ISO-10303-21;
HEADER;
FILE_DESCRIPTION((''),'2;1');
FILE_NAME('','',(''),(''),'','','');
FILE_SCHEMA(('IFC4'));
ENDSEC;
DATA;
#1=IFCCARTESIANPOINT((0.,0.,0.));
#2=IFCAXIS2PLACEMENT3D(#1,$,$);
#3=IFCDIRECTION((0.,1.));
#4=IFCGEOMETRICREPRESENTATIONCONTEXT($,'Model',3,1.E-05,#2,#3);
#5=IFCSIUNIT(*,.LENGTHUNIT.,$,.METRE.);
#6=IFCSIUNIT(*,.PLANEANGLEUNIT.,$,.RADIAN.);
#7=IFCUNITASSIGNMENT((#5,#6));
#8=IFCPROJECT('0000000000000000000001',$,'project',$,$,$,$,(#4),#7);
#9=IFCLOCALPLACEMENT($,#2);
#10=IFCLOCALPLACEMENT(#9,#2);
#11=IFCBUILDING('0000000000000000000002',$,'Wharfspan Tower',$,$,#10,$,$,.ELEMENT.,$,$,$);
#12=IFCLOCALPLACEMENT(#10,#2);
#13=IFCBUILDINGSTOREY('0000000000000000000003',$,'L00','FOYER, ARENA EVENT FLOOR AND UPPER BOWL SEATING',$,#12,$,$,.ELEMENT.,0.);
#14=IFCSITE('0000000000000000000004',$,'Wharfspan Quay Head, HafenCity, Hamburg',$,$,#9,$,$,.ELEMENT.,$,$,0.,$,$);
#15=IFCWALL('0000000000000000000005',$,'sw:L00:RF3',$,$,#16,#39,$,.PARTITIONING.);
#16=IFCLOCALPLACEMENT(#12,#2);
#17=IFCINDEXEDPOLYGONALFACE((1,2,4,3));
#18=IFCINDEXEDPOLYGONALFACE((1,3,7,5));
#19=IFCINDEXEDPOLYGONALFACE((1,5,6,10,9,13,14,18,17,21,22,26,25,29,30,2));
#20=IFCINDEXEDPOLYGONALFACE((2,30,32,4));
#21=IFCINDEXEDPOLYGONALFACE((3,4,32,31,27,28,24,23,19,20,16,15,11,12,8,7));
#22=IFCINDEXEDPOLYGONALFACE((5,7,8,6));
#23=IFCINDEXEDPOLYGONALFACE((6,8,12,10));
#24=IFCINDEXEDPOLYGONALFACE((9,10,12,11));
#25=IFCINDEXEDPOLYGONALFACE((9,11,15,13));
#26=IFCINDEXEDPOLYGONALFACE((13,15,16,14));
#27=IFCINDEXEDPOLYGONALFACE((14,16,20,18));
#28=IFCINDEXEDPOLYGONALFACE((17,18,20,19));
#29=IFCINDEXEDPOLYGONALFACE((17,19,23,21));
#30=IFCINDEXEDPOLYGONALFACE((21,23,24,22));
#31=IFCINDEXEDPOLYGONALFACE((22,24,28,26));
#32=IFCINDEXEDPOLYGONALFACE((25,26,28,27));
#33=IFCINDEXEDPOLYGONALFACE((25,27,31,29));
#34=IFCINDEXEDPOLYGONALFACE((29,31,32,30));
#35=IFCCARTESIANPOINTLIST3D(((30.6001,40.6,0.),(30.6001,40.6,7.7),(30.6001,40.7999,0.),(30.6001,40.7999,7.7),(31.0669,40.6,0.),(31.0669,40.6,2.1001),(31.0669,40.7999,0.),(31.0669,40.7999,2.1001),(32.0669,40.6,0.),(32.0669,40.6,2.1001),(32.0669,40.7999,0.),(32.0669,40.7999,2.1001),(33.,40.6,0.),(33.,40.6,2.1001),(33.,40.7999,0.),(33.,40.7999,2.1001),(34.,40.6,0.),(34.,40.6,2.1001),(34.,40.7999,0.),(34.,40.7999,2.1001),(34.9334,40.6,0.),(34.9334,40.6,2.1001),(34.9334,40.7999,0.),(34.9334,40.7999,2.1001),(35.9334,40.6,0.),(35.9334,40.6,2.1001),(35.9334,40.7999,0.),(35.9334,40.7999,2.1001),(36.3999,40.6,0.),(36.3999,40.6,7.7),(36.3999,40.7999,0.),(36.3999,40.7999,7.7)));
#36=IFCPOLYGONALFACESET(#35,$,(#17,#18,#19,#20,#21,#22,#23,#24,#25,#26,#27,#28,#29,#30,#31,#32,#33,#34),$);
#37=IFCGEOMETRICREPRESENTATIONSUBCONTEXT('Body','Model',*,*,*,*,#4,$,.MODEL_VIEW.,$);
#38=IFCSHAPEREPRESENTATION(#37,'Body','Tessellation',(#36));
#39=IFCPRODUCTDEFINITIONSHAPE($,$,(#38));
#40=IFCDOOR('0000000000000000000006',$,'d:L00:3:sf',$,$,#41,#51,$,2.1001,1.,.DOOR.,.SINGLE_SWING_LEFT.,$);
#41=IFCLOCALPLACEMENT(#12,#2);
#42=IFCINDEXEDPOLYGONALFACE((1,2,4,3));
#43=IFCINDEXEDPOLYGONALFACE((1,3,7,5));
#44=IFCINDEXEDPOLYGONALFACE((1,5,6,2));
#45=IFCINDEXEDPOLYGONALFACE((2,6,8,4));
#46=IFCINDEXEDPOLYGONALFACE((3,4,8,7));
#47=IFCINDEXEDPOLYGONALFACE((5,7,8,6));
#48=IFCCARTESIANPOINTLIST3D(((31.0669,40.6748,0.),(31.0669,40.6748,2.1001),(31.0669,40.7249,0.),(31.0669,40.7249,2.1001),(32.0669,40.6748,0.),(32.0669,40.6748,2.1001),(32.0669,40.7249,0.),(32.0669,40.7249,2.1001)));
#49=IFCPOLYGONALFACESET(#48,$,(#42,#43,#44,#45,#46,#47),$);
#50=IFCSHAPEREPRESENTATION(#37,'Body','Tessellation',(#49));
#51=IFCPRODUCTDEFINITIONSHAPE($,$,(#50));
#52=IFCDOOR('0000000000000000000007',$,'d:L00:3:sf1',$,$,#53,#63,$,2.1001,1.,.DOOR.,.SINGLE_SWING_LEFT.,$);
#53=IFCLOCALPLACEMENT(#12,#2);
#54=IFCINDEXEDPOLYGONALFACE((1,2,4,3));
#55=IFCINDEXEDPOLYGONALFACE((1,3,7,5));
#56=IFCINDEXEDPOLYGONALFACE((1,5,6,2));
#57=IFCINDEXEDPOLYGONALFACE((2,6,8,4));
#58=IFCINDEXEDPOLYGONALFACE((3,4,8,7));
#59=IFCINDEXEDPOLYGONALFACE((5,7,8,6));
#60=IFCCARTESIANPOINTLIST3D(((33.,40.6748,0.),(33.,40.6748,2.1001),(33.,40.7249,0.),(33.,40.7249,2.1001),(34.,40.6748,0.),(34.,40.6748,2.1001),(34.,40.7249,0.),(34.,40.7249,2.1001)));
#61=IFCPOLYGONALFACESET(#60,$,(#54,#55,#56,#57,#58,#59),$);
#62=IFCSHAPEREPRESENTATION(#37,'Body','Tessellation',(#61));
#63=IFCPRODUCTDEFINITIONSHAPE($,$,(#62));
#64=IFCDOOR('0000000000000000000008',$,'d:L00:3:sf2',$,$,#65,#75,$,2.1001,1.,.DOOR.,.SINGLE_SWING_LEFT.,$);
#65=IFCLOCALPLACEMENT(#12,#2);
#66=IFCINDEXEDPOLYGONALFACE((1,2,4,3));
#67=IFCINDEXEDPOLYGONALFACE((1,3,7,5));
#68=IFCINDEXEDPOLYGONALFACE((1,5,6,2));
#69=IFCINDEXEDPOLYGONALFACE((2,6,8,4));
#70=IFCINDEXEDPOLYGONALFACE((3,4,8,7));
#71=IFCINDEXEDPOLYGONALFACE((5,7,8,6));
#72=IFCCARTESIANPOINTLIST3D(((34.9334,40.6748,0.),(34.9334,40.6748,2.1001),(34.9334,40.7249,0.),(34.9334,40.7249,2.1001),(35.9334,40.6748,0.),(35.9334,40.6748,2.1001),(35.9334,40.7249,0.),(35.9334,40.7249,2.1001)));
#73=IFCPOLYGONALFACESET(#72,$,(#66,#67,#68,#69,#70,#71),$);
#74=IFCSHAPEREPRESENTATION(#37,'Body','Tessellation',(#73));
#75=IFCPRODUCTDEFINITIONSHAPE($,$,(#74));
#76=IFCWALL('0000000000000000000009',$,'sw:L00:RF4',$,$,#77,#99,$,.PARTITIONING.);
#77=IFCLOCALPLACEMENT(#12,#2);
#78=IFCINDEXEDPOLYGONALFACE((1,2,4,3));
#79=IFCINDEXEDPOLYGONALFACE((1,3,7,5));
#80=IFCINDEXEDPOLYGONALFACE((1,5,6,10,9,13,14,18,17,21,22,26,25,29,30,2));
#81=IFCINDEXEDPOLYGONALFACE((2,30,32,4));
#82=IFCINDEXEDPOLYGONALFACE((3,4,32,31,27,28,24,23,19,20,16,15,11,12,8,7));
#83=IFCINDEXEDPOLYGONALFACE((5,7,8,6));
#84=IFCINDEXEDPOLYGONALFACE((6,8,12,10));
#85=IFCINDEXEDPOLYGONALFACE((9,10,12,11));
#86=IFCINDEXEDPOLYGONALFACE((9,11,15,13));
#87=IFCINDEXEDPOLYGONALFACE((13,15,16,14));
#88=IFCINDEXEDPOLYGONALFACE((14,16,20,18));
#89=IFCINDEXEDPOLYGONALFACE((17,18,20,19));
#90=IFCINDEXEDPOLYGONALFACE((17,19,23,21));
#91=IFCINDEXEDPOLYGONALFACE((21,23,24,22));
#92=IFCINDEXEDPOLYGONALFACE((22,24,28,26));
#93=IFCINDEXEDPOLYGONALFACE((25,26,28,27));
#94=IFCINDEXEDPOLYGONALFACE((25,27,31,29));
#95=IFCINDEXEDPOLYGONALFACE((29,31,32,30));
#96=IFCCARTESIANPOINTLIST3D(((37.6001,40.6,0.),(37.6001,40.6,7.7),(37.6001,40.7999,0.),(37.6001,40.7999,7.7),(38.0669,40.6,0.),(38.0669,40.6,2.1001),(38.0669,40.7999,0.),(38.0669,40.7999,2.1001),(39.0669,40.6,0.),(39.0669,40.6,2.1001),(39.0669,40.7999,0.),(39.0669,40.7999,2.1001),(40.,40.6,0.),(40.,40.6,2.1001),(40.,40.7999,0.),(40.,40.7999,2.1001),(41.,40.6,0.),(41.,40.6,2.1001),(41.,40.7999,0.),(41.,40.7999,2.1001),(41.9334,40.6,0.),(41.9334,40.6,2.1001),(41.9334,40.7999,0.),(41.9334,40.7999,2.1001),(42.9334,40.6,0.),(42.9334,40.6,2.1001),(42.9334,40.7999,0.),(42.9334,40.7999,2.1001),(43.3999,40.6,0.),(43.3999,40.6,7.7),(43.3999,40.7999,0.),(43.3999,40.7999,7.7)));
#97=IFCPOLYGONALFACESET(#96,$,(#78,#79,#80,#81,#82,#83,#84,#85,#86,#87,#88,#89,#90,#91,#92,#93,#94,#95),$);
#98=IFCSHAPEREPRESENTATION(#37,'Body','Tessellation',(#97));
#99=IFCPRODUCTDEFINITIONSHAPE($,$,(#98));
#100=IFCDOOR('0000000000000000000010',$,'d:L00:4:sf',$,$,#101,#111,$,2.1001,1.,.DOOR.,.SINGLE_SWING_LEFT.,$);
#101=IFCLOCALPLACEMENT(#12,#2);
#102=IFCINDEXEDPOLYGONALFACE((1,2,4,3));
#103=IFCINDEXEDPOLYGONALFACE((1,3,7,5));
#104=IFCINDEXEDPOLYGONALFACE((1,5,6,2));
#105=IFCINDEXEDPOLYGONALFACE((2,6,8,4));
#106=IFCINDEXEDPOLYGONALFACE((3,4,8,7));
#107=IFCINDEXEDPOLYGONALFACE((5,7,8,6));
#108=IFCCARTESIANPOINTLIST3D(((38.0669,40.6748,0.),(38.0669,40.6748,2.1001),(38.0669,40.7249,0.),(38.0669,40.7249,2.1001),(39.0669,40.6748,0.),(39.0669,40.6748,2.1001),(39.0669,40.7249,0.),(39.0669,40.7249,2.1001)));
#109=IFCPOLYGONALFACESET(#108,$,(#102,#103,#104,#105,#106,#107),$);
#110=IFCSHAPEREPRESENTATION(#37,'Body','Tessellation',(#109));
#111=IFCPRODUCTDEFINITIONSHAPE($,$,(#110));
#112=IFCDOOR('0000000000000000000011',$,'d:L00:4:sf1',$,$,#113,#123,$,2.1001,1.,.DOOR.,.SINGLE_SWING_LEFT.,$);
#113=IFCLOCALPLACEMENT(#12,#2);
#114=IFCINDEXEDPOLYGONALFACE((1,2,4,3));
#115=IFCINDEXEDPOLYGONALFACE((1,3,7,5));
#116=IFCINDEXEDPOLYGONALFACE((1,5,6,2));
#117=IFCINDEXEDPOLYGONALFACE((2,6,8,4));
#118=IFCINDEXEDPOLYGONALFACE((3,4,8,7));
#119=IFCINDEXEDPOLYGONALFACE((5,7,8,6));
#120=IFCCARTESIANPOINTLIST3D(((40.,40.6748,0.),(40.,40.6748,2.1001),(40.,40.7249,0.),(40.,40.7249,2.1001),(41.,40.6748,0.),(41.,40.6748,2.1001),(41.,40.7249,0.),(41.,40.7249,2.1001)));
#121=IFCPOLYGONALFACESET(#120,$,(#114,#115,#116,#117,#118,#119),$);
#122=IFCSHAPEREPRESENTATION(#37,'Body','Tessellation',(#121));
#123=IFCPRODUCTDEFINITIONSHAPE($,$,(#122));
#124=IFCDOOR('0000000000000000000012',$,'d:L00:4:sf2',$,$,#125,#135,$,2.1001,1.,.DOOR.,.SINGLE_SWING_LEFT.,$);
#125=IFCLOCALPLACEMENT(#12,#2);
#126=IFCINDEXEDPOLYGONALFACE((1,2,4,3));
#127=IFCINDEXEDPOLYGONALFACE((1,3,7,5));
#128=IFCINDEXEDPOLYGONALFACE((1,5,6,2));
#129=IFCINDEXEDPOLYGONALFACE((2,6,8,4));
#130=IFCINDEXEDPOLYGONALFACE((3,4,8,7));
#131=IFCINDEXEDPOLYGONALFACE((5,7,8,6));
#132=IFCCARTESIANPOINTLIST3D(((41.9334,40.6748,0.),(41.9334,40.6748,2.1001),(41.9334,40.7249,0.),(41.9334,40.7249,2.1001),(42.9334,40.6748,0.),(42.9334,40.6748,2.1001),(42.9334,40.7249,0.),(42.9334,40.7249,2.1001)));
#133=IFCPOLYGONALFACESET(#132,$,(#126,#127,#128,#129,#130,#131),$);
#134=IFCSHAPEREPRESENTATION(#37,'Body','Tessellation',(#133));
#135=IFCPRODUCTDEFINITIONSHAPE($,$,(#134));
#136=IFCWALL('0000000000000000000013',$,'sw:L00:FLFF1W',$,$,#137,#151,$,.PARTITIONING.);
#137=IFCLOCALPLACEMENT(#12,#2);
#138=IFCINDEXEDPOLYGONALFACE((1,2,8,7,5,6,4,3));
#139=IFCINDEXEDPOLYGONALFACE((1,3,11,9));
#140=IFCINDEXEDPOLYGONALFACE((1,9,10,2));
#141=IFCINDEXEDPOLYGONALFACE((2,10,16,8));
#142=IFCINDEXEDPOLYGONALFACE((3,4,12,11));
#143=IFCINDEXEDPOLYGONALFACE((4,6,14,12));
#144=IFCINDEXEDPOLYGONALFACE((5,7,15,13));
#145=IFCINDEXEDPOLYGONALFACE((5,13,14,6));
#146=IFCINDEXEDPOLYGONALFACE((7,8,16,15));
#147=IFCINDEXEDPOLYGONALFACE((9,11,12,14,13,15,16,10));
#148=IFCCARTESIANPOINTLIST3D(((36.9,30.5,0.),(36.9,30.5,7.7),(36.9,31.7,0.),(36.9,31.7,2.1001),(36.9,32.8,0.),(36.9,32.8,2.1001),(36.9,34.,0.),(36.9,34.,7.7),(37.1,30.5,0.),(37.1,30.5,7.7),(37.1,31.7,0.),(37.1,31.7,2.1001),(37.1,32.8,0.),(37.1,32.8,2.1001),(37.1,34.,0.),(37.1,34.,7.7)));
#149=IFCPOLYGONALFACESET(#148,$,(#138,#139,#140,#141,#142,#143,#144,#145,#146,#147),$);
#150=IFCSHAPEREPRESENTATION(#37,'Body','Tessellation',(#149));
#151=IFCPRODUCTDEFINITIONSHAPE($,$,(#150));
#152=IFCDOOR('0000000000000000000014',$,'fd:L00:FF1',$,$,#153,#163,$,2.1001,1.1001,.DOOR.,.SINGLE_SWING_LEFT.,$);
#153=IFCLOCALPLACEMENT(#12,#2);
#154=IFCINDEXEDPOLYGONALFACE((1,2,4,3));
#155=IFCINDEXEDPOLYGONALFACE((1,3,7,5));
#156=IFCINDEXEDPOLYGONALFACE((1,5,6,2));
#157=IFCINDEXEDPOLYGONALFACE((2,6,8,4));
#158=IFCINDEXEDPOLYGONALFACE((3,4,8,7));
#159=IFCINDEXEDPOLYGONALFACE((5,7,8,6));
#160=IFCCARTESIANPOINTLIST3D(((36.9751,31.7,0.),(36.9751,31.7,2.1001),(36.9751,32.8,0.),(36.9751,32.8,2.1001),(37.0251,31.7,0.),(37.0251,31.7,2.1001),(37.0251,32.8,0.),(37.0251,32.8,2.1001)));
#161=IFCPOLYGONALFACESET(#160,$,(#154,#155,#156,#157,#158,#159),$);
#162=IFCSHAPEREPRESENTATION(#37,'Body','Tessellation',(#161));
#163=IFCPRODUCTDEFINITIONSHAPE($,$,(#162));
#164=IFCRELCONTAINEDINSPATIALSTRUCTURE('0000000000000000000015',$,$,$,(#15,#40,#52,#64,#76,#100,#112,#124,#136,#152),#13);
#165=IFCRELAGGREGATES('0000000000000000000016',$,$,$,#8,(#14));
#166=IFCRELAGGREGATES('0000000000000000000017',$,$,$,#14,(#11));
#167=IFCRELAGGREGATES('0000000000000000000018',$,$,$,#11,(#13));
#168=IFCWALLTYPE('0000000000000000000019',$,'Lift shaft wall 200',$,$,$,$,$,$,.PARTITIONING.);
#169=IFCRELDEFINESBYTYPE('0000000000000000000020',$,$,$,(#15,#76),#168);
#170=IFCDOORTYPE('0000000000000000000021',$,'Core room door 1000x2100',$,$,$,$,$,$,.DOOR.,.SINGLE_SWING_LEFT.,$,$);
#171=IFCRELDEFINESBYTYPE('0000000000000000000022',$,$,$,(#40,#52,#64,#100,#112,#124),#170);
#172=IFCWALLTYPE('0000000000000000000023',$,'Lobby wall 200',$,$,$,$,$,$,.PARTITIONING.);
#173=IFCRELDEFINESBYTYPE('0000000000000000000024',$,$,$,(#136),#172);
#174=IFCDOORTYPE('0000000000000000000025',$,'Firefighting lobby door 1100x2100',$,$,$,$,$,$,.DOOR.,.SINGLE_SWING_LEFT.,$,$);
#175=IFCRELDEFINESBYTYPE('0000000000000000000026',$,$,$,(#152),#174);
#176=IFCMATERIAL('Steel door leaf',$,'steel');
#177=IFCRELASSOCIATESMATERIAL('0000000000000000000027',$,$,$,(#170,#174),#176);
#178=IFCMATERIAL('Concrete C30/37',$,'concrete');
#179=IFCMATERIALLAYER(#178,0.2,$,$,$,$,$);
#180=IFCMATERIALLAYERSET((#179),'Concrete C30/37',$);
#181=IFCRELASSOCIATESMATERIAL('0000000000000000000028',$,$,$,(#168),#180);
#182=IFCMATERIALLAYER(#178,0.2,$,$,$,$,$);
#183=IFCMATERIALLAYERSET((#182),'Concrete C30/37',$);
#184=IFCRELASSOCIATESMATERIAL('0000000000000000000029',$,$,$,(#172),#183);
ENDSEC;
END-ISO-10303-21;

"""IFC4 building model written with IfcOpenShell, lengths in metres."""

from ifc_helpers import new_model, si_unit, direction, frame, frame_2d, origin, place, context, subcontext, project, spatial, rectangle, extrude, material, layer, layer_set, type_object, element, fill, save


model = new_model("IFC4")

# Units and contexts
model_context = context("Model", 3, precision=1e-05, world=origin(), true_north=direction((0.0, 1.0)))
body_context = subcontext(model_context, "Body", "Model", "MODEL_VIEW")
ifc_project = project(units=[si_unit("LENGTHUNIT", "METRE"), si_unit("PLANEANGLEUNIT", "RADIAN")], contexts=[model_context])

# Site, building, storey
site_placement = place(None, origin())
site = spatial("IfcSite", under=ifc_project, at=site_placement, Name="Wharfspan Quay Head, HafenCity, Hamburg", CompositionType="ELEMENT", RefElevation=0.0)
building_placement = place(site_placement, origin())
building = spatial("IfcBuilding", under=site, at=building_placement, Name="Wharfspan Tower", CompositionType="ELEMENT")
storey_placement = place(building_placement, origin())
storey = spatial("IfcBuildingStorey", under=building, at=storey_placement, Name="L00", Description="FOYER, ARENA EVENT FLOOR AND UPPER BOWL SEATING", CompositionType="ELEMENT", Elevation=0.0)

# Shared definitions
ifc_material_1 = material(Name="Steel door leaf", Category="steel")
door_type_1 = type_object("IfcDoorType", Name="Core room door 1000x2100", OperationType="SINGLE_SWING_LEFT", PredefinedType="DOOR", material=ifc_material_1)

# Walls, openings, doors
ifc_material_2 = material(Name="Concrete C30/37", Category="concrete")
ifc_layer_1 = layer(ifc_material_2, 0.2)
ifc_layer_set_1 = layer_set([ifc_layer_1], Name="Concrete C30/37")
wall_type_1 = type_object("IfcWallType", Name="Lift shaft wall 200", PredefinedType="PARTITIONING", material=ifc_layer_set_1)
wall_1_placement = place(storey_placement, frame((30.6001, 40.7, 0.0), z_axis=(0.0, 0.0, 1.0), x_axis=(1.0, 0.0, 0.0)))
wall_1 = element("IfcWall", 1, at=wall_1_placement, inside=storey, type_object=wall_type_1, Name="sw:L00:RF3", PredefinedType="PARTITIONING", context=body_context, shape_type="SweptSolid", body=[
    extrude(rectangle(XDim=5.7998, YDim=0.2, at=frame_2d((2.8999, 0.0))), origin(), (0.0, 0.0, 1.0), 7.7),
])
opening_1_placement = place(wall_1_placement, frame((0.4668, 0.0, 0.0)))
opening_1 = element("IfcOpeningElement", 2, at=opening_1_placement, cuts=wall_1, PredefinedType="OPENING", context=body_context, shape_type="SweptSolid", body=[
    extrude(rectangle(XDim=1.0, YDim=2.1001, at=frame_2d((0.5, 1.05))), frame((0.0, 0.1099, 0.0), z_axis=(0.0, -1.0, 0.0), x_axis=(1.0, 0.0, 0.0)), (0.0, 0.0, 1.0), 0.22),
])
opening_2_placement = place(wall_1_placement, frame((2.3999, 0.0, 0.0)))
opening_2 = element("IfcOpeningElement", 3, at=opening_2_placement, cuts=wall_1, PredefinedType="OPENING", context=body_context, shape_type="SweptSolid", body=[
    extrude(rectangle(XDim=1.0, YDim=2.1001, at=frame_2d((0.5, 1.05))), frame((0.0, 0.1099, 0.0), z_axis=(0.0, -1.0, 0.0), x_axis=(1.0, 0.0, 0.0)), (0.0, 0.0, 1.0), 0.22),
])
opening_3_placement = place(wall_1_placement, frame((4.3333, 0.0, 0.0)))
opening_3 = element("IfcOpeningElement", 4, at=opening_3_placement, cuts=wall_1, PredefinedType="OPENING", context=body_context, shape_type="SweptSolid", body=[
    extrude(rectangle(XDim=1.0, YDim=2.1001, at=frame_2d((0.5, 1.05))), frame((0.0, 0.1099, 0.0), z_axis=(0.0, -1.0, 0.0), x_axis=(1.0, 0.0, 0.0)), (0.0, 0.0, 1.0), 0.22),
])
door_1_placement = place(opening_1_placement, origin())
door_1 = element("IfcDoor", 5, at=door_1_placement, inside=storey, type_object=door_type_1, Name="d:L00:3:sf", OperationType="SINGLE_SWING_LEFT", OverallHeight=2.1001, OverallWidth=1.0, PredefinedType="DOOR", context=body_context, shape_type="SweptSolid", body=[
    extrude(rectangle(XDim=1.0, YDim=2.1001, at=frame_2d((0.5, 1.05))), frame((0.0, 0.0249, 0.0), z_axis=(0.0, -1.0, 0.0), x_axis=(1.0, 0.0, 0.0)), (0.0, 0.0, 1.0), 0.05),
])
fill(opening_1, door_1)
door_2_placement = place(opening_2_placement, origin())
door_2 = element("IfcDoor", 6, at=door_2_placement, inside=storey, type_object=door_type_1, Name="d:L00:3:sf1", OperationType="SINGLE_SWING_LEFT", OverallHeight=2.1001, OverallWidth=1.0, PredefinedType="DOOR", context=body_context, shape_type="SweptSolid", body=[
    extrude(rectangle(XDim=1.0, YDim=2.1001, at=frame_2d((0.5, 1.05))), frame((0.0, 0.0249, 0.0), z_axis=(0.0, -1.0, 0.0), x_axis=(1.0, 0.0, 0.0)), (0.0, 0.0, 1.0), 0.05),
])
fill(opening_2, door_2)
door_3_placement = place(opening_3_placement, origin())
door_3 = element("IfcDoor", 7, at=door_3_placement, inside=storey, type_object=door_type_1, Name="d:L00:3:sf2", OperationType="SINGLE_SWING_LEFT", OverallHeight=2.1001, OverallWidth=1.0, PredefinedType="DOOR", context=body_context, shape_type="SweptSolid", body=[
    extrude(rectangle(XDim=1.0, YDim=2.1001, at=frame_2d((0.5, 1.05))), frame((0.0, 0.0249, 0.0), z_axis=(0.0, -1.0, 0.0), x_axis=(1.0, 0.0, 0.0)), (0.0, 0.0, 1.0), 0.05),
])
fill(opening_3, door_3)
wall_2_placement = place(storey_placement, frame((37.6001, 40.7, 0.0), z_axis=(0.0, 0.0, 1.0), x_axis=(1.0, 0.0, 0.0)))
wall_2 = element("IfcWall", 8, at=wall_2_placement, inside=storey, type_object=wall_type_1, Name="sw:L00:RF4", PredefinedType="PARTITIONING", context=body_context, shape_type="SweptSolid", body=[
    extrude(rectangle(XDim=5.7998, YDim=0.2, at=frame_2d((2.8999, 0.0))), origin(), (0.0, 0.0, 1.0), 7.7),
])
opening_4_placement = place(wall_2_placement, frame((0.4668, 0.0, 0.0)))
opening_4 = element("IfcOpeningElement", 9, at=opening_4_placement, cuts=wall_2, PredefinedType="OPENING", context=body_context, shape_type="SweptSolid", body=[
    extrude(rectangle(XDim=1.0, YDim=2.1001, at=frame_2d((0.5, 1.05))), frame((0.0, 0.1099, 0.0), z_axis=(0.0, -1.0, 0.0), x_axis=(1.0, 0.0, 0.0)), (0.0, 0.0, 1.0), 0.22),
])
opening_5_placement = place(wall_2_placement, frame((2.3999, 0.0, 0.0)))
opening_5 = element("IfcOpeningElement", 10, at=opening_5_placement, cuts=wall_2, PredefinedType="OPENING", context=body_context, shape_type="SweptSolid", body=[
    extrude(rectangle(XDim=1.0, YDim=2.1001, at=frame_2d((0.5, 1.05))), frame((0.0, 0.1099, 0.0), z_axis=(0.0, -1.0, 0.0), x_axis=(1.0, 0.0, 0.0)), (0.0, 0.0, 1.0), 0.22),
])
opening_6_placement = place(wall_2_placement, frame((4.3333, 0.0, 0.0)))
opening_6 = element("IfcOpeningElement", 11, at=opening_6_placement, cuts=wall_2, PredefinedType="OPENING", context=body_context, shape_type="SweptSolid", body=[
    extrude(rectangle(XDim=1.0, YDim=2.1001, at=frame_2d((0.5, 1.05))), frame((0.0, 0.1099, 0.0), z_axis=(0.0, -1.0, 0.0), x_axis=(1.0, 0.0, 0.0)), (0.0, 0.0, 1.0), 0.22),
])
door_4_placement = place(opening_4_placement, origin())
door_4 = element("IfcDoor", 12, at=door_4_placement, inside=storey, type_object=door_type_1, Name="d:L00:4:sf", OperationType="SINGLE_SWING_LEFT", OverallHeight=2.1001, OverallWidth=1.0, PredefinedType="DOOR", context=body_context, shape_type="SweptSolid", body=[
    extrude(rectangle(XDim=1.0, YDim=2.1001, at=frame_2d((0.5, 1.05))), frame((0.0, 0.0249, 0.0), z_axis=(0.0, -1.0, 0.0), x_axis=(1.0, 0.0, 0.0)), (0.0, 0.0, 1.0), 0.05),
])
fill(opening_4, door_4)
door_5_placement = place(opening_5_placement, origin())
door_5 = element("IfcDoor", 13, at=door_5_placement, inside=storey, type_object=door_type_1, Name="d:L00:4:sf1", OperationType="SINGLE_SWING_LEFT", OverallHeight=2.1001, OverallWidth=1.0, PredefinedType="DOOR", context=body_context, shape_type="SweptSolid", body=[
    extrude(rectangle(XDim=1.0, YDim=2.1001, at=frame_2d((0.5, 1.05))), frame((0.0, 0.0249, 0.0), z_axis=(0.0, -1.0, 0.0), x_axis=(1.0, 0.0, 0.0)), (0.0, 0.0, 1.0), 0.05),
])
fill(opening_5, door_5)
door_6_placement = place(opening_6_placement, origin())
door_6 = element("IfcDoor", 14, at=door_6_placement, inside=storey, type_object=door_type_1, Name="d:L00:4:sf2", OperationType="SINGLE_SWING_LEFT", OverallHeight=2.1001, OverallWidth=1.0, PredefinedType="DOOR", context=body_context, shape_type="SweptSolid", body=[
    extrude(rectangle(XDim=1.0, YDim=2.1001, at=frame_2d((0.5, 1.05))), frame((0.0, 0.0249, 0.0), z_axis=(0.0, -1.0, 0.0), x_axis=(1.0, 0.0, 0.0)), (0.0, 0.0, 1.0), 0.05),
])
fill(opening_6, door_6)

# Wall, opening, door
ifc_layer_2 = layer(ifc_material_2, 0.2)
ifc_layer_set_2 = layer_set([ifc_layer_2], Name="Concrete C30/37")
wall_type_2 = type_object("IfcWallType", Name="Lobby wall 200", PredefinedType="PARTITIONING", material=ifc_layer_set_2)
wall_3_placement = place(storey_placement, frame((37.0, 30.5, 0.0), z_axis=(0.0, 0.0, 1.0), x_axis=(0.0, 1.0, 0.0)))
wall_3 = element("IfcWall", 15, at=wall_3_placement, inside=storey, type_object=wall_type_2, Name="sw:L00:FLFF1W", PredefinedType="PARTITIONING", context=body_context, shape_type="SweptSolid", body=[
    extrude(rectangle(XDim=3.5, YDim=0.2, at=frame_2d((1.75, 0.0))), origin(), (0.0, 0.0, 1.0), 7.7),
])
opening_7_placement = place(wall_3_placement, frame((1.2, 0.0, 0.0)))
opening_7 = element("IfcOpeningElement", 16, at=opening_7_placement, cuts=wall_3, PredefinedType="OPENING", context=body_context, shape_type="SweptSolid", body=[
    extrude(rectangle(XDim=1.1001, YDim=2.1001, at=frame_2d((0.55, 1.05))), frame((0.0, 0.1099, 0.0), z_axis=(0.0, -1.0, 0.0), x_axis=(1.0, 0.0, 0.0)), (0.0, 0.0, 1.0), 0.22),
])
door_type_2 = type_object("IfcDoorType", Name="Firefighting lobby door 1100x2100", OperationType="SINGLE_SWING_LEFT", PredefinedType="DOOR", material=ifc_material_1)
door_7_placement = place(opening_7_placement, origin())
door_7 = element("IfcDoor", 17, at=door_7_placement, inside=storey, type_object=door_type_2, Name="fd:L00:FF1", OperationType="SINGLE_SWING_LEFT", OverallHeight=2.1001, OverallWidth=1.1001, PredefinedType="DOOR", context=body_context, shape_type="SweptSolid", body=[
    extrude(rectangle(XDim=1.1001, YDim=2.1001, at=frame_2d((0.55, 1.05))), frame((0.0, 0.0249, 0.0), z_axis=(0.0, -1.0, 0.0), x_axis=(1.0, 0.0, 0.0)), (0.0, 0.0, 1.0), 0.05),
])
fill(opening_7, door_7)

save(model, "model.ifc")
